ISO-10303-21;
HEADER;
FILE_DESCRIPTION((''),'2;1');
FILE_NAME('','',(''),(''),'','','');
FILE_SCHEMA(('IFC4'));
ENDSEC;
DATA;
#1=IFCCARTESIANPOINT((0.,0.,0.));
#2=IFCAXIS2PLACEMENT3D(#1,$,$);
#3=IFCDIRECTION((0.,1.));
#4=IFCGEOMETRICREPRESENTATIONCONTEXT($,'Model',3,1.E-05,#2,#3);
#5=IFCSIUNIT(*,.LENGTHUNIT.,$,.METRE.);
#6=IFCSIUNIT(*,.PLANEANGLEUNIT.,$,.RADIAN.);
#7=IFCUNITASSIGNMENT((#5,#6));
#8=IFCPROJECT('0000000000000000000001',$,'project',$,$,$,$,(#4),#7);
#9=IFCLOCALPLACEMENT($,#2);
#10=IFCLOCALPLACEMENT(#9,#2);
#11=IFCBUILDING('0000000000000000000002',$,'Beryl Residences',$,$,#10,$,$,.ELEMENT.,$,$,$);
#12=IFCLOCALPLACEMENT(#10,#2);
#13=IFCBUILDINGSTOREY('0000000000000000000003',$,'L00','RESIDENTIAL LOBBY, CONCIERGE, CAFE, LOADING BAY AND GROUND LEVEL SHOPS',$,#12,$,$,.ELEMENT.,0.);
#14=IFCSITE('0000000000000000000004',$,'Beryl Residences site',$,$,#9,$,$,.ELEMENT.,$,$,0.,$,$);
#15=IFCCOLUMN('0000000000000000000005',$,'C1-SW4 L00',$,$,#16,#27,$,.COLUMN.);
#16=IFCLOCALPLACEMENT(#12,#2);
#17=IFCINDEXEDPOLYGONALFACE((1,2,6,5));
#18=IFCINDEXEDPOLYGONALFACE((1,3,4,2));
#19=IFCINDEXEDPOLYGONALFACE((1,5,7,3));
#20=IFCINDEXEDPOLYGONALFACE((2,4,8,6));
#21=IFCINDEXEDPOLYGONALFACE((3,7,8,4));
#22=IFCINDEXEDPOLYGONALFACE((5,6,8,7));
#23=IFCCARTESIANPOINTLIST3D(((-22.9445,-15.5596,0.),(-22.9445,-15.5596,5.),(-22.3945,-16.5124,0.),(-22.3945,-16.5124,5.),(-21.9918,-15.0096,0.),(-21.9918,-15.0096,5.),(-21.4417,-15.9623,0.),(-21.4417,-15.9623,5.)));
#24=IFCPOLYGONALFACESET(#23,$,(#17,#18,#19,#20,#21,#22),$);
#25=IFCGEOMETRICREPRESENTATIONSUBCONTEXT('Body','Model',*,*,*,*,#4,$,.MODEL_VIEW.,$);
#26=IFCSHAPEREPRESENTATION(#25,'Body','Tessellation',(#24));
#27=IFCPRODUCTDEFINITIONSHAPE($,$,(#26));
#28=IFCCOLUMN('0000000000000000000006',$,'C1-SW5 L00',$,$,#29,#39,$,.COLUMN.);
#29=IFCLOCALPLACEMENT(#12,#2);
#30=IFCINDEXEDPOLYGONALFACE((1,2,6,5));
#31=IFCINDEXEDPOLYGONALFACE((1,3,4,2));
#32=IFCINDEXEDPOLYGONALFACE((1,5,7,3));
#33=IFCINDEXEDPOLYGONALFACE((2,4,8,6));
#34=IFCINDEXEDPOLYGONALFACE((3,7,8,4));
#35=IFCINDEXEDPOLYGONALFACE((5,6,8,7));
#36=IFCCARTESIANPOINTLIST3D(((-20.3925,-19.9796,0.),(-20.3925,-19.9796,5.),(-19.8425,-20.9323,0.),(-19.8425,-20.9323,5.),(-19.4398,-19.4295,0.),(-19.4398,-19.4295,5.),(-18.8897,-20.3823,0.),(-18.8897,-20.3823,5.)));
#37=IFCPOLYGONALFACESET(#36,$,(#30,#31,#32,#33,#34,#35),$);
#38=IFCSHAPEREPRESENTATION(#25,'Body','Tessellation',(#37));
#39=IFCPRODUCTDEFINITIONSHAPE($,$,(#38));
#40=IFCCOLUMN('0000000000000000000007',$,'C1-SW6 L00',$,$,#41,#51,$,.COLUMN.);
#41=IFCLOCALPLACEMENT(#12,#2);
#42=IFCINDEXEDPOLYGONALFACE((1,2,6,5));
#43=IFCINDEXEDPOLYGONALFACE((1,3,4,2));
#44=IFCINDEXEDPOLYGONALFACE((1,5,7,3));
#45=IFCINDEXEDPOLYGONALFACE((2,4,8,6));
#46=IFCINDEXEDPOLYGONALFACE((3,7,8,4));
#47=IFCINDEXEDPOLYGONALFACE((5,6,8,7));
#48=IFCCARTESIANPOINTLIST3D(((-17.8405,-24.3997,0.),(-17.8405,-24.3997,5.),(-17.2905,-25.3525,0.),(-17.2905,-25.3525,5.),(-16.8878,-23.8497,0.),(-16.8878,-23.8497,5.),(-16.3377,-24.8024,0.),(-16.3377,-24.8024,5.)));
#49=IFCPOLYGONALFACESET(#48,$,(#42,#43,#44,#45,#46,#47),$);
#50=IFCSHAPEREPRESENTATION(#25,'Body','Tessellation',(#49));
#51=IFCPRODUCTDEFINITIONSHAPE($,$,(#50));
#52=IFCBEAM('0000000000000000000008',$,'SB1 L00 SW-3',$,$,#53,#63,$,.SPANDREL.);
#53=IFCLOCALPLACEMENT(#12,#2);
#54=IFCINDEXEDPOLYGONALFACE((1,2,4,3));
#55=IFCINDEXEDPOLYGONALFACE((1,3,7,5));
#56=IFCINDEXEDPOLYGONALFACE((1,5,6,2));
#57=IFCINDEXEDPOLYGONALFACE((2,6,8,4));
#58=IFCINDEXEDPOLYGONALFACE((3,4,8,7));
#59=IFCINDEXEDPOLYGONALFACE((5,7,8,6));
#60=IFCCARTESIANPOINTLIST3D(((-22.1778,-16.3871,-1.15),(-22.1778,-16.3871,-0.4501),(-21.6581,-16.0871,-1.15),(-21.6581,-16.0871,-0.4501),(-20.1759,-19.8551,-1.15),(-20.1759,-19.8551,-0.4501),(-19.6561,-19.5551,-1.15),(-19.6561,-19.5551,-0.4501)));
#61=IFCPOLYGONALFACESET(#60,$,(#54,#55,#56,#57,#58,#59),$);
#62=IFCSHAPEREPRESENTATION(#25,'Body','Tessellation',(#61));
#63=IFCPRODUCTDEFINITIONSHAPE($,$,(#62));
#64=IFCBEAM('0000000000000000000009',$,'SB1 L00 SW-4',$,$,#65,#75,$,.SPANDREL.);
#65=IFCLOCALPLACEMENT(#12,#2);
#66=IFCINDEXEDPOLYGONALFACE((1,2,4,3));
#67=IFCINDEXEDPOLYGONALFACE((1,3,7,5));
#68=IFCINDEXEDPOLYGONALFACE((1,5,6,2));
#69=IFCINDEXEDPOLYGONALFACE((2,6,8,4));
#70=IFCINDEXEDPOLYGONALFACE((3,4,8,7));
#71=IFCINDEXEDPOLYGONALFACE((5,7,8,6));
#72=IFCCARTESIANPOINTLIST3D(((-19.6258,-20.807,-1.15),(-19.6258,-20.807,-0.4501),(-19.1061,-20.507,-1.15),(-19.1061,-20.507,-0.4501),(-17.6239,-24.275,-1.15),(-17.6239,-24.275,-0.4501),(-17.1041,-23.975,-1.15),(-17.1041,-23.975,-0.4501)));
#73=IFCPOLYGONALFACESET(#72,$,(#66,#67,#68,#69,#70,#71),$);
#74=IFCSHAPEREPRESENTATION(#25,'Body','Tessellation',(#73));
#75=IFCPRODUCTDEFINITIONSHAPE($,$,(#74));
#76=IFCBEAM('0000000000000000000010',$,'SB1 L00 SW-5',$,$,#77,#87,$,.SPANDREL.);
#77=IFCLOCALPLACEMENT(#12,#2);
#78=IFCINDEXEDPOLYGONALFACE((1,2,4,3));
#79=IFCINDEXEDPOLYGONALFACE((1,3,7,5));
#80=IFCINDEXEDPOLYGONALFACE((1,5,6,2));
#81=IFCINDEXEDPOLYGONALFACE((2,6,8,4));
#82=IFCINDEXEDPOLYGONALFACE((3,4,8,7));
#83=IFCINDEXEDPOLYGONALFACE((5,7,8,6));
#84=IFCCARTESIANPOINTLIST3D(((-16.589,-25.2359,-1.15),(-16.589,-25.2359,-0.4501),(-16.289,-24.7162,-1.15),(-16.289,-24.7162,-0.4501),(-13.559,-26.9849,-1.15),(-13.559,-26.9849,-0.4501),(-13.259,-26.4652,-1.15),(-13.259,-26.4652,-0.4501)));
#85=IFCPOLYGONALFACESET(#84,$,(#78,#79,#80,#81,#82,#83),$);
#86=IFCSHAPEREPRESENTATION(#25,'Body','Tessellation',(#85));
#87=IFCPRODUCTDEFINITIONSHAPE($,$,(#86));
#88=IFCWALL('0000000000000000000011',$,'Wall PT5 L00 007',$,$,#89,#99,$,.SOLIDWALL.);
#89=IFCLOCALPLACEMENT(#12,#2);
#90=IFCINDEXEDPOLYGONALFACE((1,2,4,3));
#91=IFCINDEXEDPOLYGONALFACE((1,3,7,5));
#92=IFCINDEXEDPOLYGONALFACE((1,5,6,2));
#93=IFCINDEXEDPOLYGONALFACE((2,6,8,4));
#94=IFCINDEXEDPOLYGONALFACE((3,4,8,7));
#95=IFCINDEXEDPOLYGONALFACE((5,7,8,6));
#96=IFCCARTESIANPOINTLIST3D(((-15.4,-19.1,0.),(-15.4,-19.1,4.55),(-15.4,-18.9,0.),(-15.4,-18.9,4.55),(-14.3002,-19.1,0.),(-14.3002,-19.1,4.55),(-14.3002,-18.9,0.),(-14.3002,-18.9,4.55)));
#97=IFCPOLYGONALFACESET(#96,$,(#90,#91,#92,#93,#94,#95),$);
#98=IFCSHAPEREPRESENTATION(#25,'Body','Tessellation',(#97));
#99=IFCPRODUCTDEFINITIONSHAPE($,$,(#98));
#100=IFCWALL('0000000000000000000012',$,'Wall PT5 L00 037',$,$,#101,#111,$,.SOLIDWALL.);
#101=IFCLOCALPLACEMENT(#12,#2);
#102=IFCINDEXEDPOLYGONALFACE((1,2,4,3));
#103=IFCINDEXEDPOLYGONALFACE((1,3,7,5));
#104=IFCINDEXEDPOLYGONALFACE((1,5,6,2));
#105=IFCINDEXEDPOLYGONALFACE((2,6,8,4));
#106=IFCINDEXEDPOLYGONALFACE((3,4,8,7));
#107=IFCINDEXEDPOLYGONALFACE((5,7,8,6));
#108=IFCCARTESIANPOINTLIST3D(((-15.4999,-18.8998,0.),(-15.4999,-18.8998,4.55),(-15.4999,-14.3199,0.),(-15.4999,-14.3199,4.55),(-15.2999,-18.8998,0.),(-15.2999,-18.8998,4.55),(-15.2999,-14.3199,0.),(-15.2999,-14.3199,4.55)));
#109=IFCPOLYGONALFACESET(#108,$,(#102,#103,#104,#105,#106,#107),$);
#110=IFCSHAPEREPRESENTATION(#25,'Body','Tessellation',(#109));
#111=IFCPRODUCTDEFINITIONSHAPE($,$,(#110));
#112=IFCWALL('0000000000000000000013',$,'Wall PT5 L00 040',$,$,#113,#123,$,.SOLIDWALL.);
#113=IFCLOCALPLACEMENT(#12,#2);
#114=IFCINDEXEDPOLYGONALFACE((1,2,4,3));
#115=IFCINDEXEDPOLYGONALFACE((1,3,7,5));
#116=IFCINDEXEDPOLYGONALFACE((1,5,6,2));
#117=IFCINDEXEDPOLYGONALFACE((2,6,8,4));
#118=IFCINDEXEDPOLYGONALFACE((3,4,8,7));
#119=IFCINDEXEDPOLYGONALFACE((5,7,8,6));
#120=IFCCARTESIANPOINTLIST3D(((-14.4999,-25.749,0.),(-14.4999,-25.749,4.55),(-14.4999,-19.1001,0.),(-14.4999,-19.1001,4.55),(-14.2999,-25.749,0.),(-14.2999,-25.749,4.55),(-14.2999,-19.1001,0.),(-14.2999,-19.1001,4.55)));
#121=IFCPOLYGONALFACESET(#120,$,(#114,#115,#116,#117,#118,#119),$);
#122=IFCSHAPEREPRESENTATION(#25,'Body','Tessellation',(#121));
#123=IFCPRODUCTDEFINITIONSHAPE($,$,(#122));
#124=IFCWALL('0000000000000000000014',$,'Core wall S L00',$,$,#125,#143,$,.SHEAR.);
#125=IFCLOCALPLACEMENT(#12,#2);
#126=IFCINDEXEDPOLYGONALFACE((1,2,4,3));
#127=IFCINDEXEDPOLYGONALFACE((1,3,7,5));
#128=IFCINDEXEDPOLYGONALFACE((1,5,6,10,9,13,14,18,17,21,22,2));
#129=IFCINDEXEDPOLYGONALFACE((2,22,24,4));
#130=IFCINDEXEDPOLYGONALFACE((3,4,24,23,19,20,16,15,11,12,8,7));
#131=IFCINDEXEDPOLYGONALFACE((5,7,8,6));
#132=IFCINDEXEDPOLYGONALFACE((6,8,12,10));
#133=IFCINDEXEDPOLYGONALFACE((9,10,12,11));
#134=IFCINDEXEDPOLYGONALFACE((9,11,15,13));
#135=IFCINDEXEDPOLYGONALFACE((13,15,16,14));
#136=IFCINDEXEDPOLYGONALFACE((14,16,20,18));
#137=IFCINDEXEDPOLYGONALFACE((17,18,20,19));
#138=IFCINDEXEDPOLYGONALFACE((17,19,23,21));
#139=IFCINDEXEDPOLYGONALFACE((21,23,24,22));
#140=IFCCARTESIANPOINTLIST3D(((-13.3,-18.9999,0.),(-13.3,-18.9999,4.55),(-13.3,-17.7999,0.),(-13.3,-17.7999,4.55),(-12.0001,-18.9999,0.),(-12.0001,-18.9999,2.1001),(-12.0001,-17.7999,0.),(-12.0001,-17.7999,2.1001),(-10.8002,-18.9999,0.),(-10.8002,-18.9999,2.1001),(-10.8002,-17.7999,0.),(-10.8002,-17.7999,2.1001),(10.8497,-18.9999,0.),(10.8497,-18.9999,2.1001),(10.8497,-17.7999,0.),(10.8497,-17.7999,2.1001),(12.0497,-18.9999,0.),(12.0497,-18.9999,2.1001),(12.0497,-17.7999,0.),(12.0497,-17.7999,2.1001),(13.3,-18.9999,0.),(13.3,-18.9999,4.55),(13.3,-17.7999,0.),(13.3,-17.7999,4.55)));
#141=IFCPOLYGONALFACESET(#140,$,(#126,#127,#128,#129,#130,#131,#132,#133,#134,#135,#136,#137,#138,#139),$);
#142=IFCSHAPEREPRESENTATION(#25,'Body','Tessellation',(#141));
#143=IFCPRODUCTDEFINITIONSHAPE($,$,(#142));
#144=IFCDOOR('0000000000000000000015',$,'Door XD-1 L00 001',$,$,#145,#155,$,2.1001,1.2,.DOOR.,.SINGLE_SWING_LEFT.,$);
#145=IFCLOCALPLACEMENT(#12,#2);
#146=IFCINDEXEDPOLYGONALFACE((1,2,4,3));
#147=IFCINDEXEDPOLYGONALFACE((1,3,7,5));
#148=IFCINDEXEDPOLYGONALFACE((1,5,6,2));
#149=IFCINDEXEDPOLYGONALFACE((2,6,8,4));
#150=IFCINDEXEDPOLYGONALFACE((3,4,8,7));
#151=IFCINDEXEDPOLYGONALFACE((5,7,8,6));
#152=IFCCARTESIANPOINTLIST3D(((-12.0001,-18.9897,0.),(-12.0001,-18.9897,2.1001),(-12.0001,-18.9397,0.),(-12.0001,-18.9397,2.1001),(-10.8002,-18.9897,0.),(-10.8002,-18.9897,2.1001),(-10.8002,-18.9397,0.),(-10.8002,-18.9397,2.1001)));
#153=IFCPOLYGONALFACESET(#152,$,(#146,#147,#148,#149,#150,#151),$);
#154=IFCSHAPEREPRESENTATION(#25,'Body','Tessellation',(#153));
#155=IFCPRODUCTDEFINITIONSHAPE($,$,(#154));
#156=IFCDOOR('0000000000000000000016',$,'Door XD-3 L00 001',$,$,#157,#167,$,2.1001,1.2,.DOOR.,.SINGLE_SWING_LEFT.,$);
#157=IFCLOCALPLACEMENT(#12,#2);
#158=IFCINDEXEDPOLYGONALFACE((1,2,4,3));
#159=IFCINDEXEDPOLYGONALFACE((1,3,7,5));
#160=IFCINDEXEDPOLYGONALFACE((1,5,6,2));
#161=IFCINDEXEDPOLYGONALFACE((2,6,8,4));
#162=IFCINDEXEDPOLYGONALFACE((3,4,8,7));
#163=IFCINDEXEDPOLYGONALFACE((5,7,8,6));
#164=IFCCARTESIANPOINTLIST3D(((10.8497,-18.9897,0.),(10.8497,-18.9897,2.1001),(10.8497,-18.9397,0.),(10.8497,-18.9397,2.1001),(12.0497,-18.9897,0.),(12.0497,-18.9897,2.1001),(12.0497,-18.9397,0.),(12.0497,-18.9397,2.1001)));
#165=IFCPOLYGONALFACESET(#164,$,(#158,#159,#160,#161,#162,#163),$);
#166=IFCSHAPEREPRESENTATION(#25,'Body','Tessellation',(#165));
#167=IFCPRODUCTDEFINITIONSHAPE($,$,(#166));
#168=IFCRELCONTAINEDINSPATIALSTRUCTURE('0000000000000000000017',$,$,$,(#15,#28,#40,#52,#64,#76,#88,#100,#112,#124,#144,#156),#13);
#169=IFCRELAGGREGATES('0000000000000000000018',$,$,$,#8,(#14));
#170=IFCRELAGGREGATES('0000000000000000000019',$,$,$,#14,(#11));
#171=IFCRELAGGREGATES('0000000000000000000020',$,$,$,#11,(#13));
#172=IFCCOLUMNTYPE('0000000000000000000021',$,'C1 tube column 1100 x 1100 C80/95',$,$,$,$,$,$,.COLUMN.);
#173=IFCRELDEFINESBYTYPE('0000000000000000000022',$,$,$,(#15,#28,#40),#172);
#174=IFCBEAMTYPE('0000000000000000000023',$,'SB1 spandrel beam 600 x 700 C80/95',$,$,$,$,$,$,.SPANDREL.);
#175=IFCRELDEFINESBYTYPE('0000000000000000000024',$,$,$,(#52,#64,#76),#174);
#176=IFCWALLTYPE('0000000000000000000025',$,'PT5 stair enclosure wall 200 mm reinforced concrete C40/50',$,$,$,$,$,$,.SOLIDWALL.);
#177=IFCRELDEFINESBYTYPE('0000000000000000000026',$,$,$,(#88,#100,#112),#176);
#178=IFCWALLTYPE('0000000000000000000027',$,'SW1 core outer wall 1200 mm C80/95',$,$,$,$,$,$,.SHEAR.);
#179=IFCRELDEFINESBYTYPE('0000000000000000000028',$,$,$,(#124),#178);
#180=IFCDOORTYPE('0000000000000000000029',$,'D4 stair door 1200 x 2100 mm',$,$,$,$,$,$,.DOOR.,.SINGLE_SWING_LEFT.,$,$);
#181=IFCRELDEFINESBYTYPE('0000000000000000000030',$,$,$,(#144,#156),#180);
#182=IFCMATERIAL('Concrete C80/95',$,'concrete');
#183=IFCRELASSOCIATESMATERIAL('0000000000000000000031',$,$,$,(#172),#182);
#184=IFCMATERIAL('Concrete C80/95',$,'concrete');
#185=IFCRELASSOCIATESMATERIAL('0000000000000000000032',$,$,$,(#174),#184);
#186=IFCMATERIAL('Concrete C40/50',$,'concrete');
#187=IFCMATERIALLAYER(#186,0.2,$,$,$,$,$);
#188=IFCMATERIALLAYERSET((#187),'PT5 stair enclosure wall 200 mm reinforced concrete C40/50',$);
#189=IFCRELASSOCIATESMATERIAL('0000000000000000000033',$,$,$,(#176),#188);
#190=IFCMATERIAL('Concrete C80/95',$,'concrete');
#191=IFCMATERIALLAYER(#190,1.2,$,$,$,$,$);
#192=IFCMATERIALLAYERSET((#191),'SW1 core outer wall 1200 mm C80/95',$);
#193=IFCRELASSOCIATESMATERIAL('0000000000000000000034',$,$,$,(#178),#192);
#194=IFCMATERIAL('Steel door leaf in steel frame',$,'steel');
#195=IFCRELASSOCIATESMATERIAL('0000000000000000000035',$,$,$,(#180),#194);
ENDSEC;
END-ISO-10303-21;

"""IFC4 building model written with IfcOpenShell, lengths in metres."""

from ifc_helpers import new_model, si_unit, direction, frame, frame_2d, origin, origin_2d, place, context, subcontext, project, spatial, rectangle, extrude, material, layer, layer_set, material_profile, profile_set, type_object, element, fill, save


model = new_model("IFC4")

# Units and contexts
model_context = context("Model", 3, precision=1e-05, world=origin(), true_north=direction((0.0, 1.0)))
body_context = subcontext(model_context, "Body", "Model", "MODEL_VIEW")
ifc_project = project(units=[si_unit("LENGTHUNIT", "METRE"), si_unit("PLANEANGLEUNIT", "RADIAN")], contexts=[model_context])

# Site, building, storey
site_placement = place(None, origin())
site = spatial("IfcSite", under=ifc_project, at=site_placement, Name="Beryl Residences site", CompositionType="ELEMENT", RefElevation=0.0)
building_placement = place(site_placement, origin())
building = spatial("IfcBuilding", under=site, at=building_placement, Name="Beryl Residences", CompositionType="ELEMENT")
storey_placement = place(building_placement, origin())
storey = spatial("IfcBuildingStorey", under=building, at=storey_placement, Name="L00", Description="RESIDENTIAL LOBBY, CONCIERGE, CAFE, LOADING BAY AND GROUND LEVEL SHOPS", CompositionType="ELEMENT", Elevation=0.0)

# Columns
ifc_material_1 = material(Name="Concrete C80/95", Category="concrete")
ifc_material_profile_1 = material_profile(ifc_material_1, rectangle(XDim=1.1001, YDim=1.1001, at=origin_2d()))
ifc_profile_set_1 = profile_set([ifc_material_profile_1], Name="Concrete C80/95")
column_type = type_object("IfcColumnType", Name="C1 tube column 1100 x 1100 C80/95", PredefinedType="COLUMN", material=ifc_profile_set_1)
for number, where, z_axis, x_axis, name in (
    (1, (-22.1931, -15.761, 0.0), (0.0, 0.0, 1.0), (0.499985, -0.866034, 0.0), "C1-SW4 L00"),
    (2, (-19.6411, -20.1809, 0.0), (0.0, 0.0, 1.0), (0.499985, -0.866034, 0.0), "C1-SW5 L00"),
    (3, (-17.0891, -24.6011, 0.0), (0.0, 0.0, 1.0), (0.499985, -0.866034, 0.0), "C1-SW6 L00"),
):
    element("IfcColumn", number, at=place(storey_placement, frame(where, z_axis=z_axis, x_axis=x_axis)), inside=storey, type_object=column_type, Name=name, PredefinedType="COLUMN", context=body_context, shape_type="SweptSolid", body=[
        extrude(rectangle(XDim=1.1001, YDim=1.1001, at=origin_2d()), origin(), (0.0, 0.0, 1.0), 5.0),
    ])

# Beams
ifc_material_2 = material(Name="Concrete C80/95", Category="concrete")
ifc_material_profile_2 = material_profile(ifc_material_2, rectangle(XDim=0.6001, YDim=0.7, at=origin_2d()))
ifc_profile_set_2 = profile_set([ifc_material_profile_2], Name="Concrete C80/95")
beam_type = type_object("IfcBeamType", Name="SB1 spandrel beam 600 x 700 C80/95", PredefinedType="SPANDREL", material=ifc_profile_set_2)
for number, where, z_axis, x_axis, name in (
    (4, (-21.918, -16.2371, -0.8), (0.499942, -0.866059, 0.0), (0.866059, 0.499942, 0.0), "SB1 L00 SW-3"),
    (5, (-19.366, -20.657, -0.8), (0.499942, -0.866059, 0.0), (0.866059, 0.499942, 0.0), "SB1 L00 SW-4"),
):
    element("IfcBeam", number, at=place(storey_placement, frame(where, z_axis=z_axis, x_axis=x_axis)), inside=storey, type_object=beam_type, Name=name, PredefinedType="SPANDREL", context=body_context, shape_type="SweptSolid", body=[
        extrude(rectangle(XDim=0.6001, YDim=0.7, at=origin_2d()), origin(), (0.0, 0.0, 1.0), 4.0044),
    ])
beam_placement = place(storey_placement, frame((-16.439, -24.9761, -0.8), z_axis=(0.866071, -0.499922, 0.0), x_axis=(0.499922, 0.866071, 0.0)))
element("IfcBeam", 6, at=beam_placement, inside=storey, type_object=beam_type, Name="SB1 L00 SW-5", PredefinedType="SPANDREL", context=body_context, shape_type="SweptSolid", body=[
    extrude(rectangle(XDim=0.6001, YDim=0.7, at=origin_2d()), origin(), (0.0, 0.0, 1.0), 3.4985),
])

# Walls
ifc_material_3 = material(Name="Concrete C40/50", Category="concrete")
ifc_layer_1 = layer(ifc_material_3, 0.2)
ifc_layer_set_1 = layer_set([ifc_layer_1], Name="PT5 stair enclosure wall 200 mm reinforced concrete C40/50")
wall_type_1 = type_object("IfcWallType", Name="PT5 stair enclosure wall 200 mm reinforced concrete C40/50", PredefinedType="SOLIDWALL", material=ifc_layer_set_1)
wall_1_placement = place(storey_placement, frame((-15.3999, -19.0, 0.0), z_axis=(0.0, 0.0, 1.0), x_axis=(1.0, 0.0, 0.0)))
element("IfcWall", 7, at=wall_1_placement, inside=storey, type_object=wall_type_1, Name="Wall PT5 L00 007", PredefinedType="SOLIDWALL", context=body_context, shape_type="SweptSolid", body=[
    extrude(rectangle(XDim=1.0999, YDim=0.2, at=frame_2d((0.5498, 0.0))), origin(), (0.0, 0.0, 1.0), 4.55),
])
wall_2_placement = place(storey_placement, frame((-15.3999, -18.8999, 0.0), z_axis=(0.0, 0.0, 1.0), x_axis=(0.0, 1.0, 0.0)))
element("IfcWall", 8, at=wall_2_placement, inside=storey, type_object=wall_type_1, Name="Wall PT5 L00 037", PredefinedType="SOLIDWALL", context=body_context, shape_type="SweptSolid", body=[
    extrude(rectangle(XDim=4.5798, YDim=0.2, at=frame_2d((2.29, 0.0))), origin(), (0.0, 0.0, 1.0), 4.55),
])
wall_3_placement = place(storey_placement, frame((-14.3999, -25.749, 0.0), z_axis=(0.0, 0.0, 1.0), x_axis=(0.0, 1.0, 0.0)))
element("IfcWall", 9, at=wall_3_placement, inside=storey, type_object=wall_type_1, Name="Wall PT5 L00 040", PredefinedType="SOLIDWALL", context=body_context, shape_type="SweptSolid", body=[
    extrude(rectangle(XDim=6.6489, YDim=0.2, at=frame_2d((3.3245, 0.0))), origin(), (0.0, 0.0, 1.0), 4.55),
])

# Wall, openings, doors
ifc_material_4 = material(Name="Concrete C80/95", Category="concrete")
ifc_layer_2 = layer(ifc_material_4, 1.2)
ifc_layer_set_2 = layer_set([ifc_layer_2], Name="SW1 core outer wall 1200 mm C80/95")
wall_type_2 = type_object("IfcWallType", Name="SW1 core outer wall 1200 mm C80/95", PredefinedType="SHEAR", material=ifc_layer_set_2)
wall_4_placement = place(storey_placement, frame((-13.3, -18.3999, 0.0), z_axis=(0.0, 0.0, 1.0), x_axis=(1.0, 0.0, 0.0)))
wall_4 = element("IfcWall", 10, at=wall_4_placement, inside=storey, type_object=wall_type_2, Name="Core wall S L00", PredefinedType="SHEAR", context=body_context, shape_type="SweptSolid", body=[
    extrude(rectangle(XDim=26.6001, YDim=1.2, at=frame_2d((13.3, 0.0))), origin(), (0.0, 0.0, 1.0), 4.55),
])
opening_1_placement = place(wall_4_placement, frame((2.5, 0.0, 0.0), z_axis=(0.0, 0.0, 1.0), x_axis=(-1.0, 0.0, 0.0)))
opening_1 = element("IfcOpeningElement", 11, at=opening_1_placement, cuts=wall_4, PredefinedType="OPENING", context=body_context, shape_type="SweptSolid", body=[
    extrude(rectangle(XDim=1.2, YDim=2.1001, at=frame_2d((0.6001, 1.05))), frame((0.0, 0.6099, 0.0), z_axis=(0.0, -1.0, 0.0), x_axis=(1.0, 0.0, 0.0)), (0.0, 0.0, 1.0), 1.22),
])
opening_2_placement = place(wall_4_placement, frame((25.3499, 0.0, 0.0), z_axis=(0.0, 0.0, 1.0), x_axis=(-1.0, 0.0, 0.0)))
opening_2 = element("IfcOpeningElement", 12, at=opening_2_placement, cuts=wall_4, PredefinedType="OPENING", context=body_context, shape_type="SweptSolid", body=[
    extrude(rectangle(XDim=1.2, YDim=2.1001, at=frame_2d((0.6001, 1.05))), frame((0.0, 0.6099, 0.0), z_axis=(0.0, -1.0, 0.0), x_axis=(1.0, 0.0, 0.0)), (0.0, 0.0, 1.0), 1.22),
])
ifc_material_5 = material(Name="Steel door leaf in steel frame", Category="steel")
door_type_1 = type_object("IfcDoorType", Name="D4 stair door 1200 x 2100 mm", OperationType="SINGLE_SWING_LEFT", PredefinedType="DOOR", material=ifc_material_5)
door_1_placement = place(opening_1_placement, origin())
door_1 = element("IfcDoor", 13, at=door_1_placement, inside=storey, type_object=door_type_1, Name="Door XD-1 L00 001", OperationType="SINGLE_SWING_LEFT", OverallHeight=2.1001, OverallWidth=1.2, PredefinedType="DOOR", context=body_context, shape_type="SweptSolid", body=[
    extrude(rectangle(XDim=1.2, YDim=2.1001, at=frame_2d((0.6001, 1.05))), frame((0.0, 0.5898, 0.0), z_axis=(0.0, -1.0, 0.0), x_axis=(1.0, 0.0, 0.0)), (0.0, 0.0, 1.0), 0.05),
])
fill(opening_1, door_1)
door_2_placement = place(opening_2_placement, origin())
door_2 = element("IfcDoor", 14, at=door_2_placement, inside=storey, type_object=door_type_1, Name="Door XD-3 L00 001", OperationType="SINGLE_SWING_LEFT", OverallHeight=2.1001, OverallWidth=1.2, PredefinedType="DOOR", context=body_context, shape_type="SweptSolid", body=[
    extrude(rectangle(XDim=1.2, YDim=2.1001, at=frame_2d((0.6001, 1.05))), frame((0.0, 0.5898, 0.0), z_axis=(0.0, -1.0, 0.0), x_axis=(1.0, 0.0, 0.0)), (0.0, 0.0, 1.0), 0.05),
])
fill(opening_2, door_2)

save(model, "model.ifc")
